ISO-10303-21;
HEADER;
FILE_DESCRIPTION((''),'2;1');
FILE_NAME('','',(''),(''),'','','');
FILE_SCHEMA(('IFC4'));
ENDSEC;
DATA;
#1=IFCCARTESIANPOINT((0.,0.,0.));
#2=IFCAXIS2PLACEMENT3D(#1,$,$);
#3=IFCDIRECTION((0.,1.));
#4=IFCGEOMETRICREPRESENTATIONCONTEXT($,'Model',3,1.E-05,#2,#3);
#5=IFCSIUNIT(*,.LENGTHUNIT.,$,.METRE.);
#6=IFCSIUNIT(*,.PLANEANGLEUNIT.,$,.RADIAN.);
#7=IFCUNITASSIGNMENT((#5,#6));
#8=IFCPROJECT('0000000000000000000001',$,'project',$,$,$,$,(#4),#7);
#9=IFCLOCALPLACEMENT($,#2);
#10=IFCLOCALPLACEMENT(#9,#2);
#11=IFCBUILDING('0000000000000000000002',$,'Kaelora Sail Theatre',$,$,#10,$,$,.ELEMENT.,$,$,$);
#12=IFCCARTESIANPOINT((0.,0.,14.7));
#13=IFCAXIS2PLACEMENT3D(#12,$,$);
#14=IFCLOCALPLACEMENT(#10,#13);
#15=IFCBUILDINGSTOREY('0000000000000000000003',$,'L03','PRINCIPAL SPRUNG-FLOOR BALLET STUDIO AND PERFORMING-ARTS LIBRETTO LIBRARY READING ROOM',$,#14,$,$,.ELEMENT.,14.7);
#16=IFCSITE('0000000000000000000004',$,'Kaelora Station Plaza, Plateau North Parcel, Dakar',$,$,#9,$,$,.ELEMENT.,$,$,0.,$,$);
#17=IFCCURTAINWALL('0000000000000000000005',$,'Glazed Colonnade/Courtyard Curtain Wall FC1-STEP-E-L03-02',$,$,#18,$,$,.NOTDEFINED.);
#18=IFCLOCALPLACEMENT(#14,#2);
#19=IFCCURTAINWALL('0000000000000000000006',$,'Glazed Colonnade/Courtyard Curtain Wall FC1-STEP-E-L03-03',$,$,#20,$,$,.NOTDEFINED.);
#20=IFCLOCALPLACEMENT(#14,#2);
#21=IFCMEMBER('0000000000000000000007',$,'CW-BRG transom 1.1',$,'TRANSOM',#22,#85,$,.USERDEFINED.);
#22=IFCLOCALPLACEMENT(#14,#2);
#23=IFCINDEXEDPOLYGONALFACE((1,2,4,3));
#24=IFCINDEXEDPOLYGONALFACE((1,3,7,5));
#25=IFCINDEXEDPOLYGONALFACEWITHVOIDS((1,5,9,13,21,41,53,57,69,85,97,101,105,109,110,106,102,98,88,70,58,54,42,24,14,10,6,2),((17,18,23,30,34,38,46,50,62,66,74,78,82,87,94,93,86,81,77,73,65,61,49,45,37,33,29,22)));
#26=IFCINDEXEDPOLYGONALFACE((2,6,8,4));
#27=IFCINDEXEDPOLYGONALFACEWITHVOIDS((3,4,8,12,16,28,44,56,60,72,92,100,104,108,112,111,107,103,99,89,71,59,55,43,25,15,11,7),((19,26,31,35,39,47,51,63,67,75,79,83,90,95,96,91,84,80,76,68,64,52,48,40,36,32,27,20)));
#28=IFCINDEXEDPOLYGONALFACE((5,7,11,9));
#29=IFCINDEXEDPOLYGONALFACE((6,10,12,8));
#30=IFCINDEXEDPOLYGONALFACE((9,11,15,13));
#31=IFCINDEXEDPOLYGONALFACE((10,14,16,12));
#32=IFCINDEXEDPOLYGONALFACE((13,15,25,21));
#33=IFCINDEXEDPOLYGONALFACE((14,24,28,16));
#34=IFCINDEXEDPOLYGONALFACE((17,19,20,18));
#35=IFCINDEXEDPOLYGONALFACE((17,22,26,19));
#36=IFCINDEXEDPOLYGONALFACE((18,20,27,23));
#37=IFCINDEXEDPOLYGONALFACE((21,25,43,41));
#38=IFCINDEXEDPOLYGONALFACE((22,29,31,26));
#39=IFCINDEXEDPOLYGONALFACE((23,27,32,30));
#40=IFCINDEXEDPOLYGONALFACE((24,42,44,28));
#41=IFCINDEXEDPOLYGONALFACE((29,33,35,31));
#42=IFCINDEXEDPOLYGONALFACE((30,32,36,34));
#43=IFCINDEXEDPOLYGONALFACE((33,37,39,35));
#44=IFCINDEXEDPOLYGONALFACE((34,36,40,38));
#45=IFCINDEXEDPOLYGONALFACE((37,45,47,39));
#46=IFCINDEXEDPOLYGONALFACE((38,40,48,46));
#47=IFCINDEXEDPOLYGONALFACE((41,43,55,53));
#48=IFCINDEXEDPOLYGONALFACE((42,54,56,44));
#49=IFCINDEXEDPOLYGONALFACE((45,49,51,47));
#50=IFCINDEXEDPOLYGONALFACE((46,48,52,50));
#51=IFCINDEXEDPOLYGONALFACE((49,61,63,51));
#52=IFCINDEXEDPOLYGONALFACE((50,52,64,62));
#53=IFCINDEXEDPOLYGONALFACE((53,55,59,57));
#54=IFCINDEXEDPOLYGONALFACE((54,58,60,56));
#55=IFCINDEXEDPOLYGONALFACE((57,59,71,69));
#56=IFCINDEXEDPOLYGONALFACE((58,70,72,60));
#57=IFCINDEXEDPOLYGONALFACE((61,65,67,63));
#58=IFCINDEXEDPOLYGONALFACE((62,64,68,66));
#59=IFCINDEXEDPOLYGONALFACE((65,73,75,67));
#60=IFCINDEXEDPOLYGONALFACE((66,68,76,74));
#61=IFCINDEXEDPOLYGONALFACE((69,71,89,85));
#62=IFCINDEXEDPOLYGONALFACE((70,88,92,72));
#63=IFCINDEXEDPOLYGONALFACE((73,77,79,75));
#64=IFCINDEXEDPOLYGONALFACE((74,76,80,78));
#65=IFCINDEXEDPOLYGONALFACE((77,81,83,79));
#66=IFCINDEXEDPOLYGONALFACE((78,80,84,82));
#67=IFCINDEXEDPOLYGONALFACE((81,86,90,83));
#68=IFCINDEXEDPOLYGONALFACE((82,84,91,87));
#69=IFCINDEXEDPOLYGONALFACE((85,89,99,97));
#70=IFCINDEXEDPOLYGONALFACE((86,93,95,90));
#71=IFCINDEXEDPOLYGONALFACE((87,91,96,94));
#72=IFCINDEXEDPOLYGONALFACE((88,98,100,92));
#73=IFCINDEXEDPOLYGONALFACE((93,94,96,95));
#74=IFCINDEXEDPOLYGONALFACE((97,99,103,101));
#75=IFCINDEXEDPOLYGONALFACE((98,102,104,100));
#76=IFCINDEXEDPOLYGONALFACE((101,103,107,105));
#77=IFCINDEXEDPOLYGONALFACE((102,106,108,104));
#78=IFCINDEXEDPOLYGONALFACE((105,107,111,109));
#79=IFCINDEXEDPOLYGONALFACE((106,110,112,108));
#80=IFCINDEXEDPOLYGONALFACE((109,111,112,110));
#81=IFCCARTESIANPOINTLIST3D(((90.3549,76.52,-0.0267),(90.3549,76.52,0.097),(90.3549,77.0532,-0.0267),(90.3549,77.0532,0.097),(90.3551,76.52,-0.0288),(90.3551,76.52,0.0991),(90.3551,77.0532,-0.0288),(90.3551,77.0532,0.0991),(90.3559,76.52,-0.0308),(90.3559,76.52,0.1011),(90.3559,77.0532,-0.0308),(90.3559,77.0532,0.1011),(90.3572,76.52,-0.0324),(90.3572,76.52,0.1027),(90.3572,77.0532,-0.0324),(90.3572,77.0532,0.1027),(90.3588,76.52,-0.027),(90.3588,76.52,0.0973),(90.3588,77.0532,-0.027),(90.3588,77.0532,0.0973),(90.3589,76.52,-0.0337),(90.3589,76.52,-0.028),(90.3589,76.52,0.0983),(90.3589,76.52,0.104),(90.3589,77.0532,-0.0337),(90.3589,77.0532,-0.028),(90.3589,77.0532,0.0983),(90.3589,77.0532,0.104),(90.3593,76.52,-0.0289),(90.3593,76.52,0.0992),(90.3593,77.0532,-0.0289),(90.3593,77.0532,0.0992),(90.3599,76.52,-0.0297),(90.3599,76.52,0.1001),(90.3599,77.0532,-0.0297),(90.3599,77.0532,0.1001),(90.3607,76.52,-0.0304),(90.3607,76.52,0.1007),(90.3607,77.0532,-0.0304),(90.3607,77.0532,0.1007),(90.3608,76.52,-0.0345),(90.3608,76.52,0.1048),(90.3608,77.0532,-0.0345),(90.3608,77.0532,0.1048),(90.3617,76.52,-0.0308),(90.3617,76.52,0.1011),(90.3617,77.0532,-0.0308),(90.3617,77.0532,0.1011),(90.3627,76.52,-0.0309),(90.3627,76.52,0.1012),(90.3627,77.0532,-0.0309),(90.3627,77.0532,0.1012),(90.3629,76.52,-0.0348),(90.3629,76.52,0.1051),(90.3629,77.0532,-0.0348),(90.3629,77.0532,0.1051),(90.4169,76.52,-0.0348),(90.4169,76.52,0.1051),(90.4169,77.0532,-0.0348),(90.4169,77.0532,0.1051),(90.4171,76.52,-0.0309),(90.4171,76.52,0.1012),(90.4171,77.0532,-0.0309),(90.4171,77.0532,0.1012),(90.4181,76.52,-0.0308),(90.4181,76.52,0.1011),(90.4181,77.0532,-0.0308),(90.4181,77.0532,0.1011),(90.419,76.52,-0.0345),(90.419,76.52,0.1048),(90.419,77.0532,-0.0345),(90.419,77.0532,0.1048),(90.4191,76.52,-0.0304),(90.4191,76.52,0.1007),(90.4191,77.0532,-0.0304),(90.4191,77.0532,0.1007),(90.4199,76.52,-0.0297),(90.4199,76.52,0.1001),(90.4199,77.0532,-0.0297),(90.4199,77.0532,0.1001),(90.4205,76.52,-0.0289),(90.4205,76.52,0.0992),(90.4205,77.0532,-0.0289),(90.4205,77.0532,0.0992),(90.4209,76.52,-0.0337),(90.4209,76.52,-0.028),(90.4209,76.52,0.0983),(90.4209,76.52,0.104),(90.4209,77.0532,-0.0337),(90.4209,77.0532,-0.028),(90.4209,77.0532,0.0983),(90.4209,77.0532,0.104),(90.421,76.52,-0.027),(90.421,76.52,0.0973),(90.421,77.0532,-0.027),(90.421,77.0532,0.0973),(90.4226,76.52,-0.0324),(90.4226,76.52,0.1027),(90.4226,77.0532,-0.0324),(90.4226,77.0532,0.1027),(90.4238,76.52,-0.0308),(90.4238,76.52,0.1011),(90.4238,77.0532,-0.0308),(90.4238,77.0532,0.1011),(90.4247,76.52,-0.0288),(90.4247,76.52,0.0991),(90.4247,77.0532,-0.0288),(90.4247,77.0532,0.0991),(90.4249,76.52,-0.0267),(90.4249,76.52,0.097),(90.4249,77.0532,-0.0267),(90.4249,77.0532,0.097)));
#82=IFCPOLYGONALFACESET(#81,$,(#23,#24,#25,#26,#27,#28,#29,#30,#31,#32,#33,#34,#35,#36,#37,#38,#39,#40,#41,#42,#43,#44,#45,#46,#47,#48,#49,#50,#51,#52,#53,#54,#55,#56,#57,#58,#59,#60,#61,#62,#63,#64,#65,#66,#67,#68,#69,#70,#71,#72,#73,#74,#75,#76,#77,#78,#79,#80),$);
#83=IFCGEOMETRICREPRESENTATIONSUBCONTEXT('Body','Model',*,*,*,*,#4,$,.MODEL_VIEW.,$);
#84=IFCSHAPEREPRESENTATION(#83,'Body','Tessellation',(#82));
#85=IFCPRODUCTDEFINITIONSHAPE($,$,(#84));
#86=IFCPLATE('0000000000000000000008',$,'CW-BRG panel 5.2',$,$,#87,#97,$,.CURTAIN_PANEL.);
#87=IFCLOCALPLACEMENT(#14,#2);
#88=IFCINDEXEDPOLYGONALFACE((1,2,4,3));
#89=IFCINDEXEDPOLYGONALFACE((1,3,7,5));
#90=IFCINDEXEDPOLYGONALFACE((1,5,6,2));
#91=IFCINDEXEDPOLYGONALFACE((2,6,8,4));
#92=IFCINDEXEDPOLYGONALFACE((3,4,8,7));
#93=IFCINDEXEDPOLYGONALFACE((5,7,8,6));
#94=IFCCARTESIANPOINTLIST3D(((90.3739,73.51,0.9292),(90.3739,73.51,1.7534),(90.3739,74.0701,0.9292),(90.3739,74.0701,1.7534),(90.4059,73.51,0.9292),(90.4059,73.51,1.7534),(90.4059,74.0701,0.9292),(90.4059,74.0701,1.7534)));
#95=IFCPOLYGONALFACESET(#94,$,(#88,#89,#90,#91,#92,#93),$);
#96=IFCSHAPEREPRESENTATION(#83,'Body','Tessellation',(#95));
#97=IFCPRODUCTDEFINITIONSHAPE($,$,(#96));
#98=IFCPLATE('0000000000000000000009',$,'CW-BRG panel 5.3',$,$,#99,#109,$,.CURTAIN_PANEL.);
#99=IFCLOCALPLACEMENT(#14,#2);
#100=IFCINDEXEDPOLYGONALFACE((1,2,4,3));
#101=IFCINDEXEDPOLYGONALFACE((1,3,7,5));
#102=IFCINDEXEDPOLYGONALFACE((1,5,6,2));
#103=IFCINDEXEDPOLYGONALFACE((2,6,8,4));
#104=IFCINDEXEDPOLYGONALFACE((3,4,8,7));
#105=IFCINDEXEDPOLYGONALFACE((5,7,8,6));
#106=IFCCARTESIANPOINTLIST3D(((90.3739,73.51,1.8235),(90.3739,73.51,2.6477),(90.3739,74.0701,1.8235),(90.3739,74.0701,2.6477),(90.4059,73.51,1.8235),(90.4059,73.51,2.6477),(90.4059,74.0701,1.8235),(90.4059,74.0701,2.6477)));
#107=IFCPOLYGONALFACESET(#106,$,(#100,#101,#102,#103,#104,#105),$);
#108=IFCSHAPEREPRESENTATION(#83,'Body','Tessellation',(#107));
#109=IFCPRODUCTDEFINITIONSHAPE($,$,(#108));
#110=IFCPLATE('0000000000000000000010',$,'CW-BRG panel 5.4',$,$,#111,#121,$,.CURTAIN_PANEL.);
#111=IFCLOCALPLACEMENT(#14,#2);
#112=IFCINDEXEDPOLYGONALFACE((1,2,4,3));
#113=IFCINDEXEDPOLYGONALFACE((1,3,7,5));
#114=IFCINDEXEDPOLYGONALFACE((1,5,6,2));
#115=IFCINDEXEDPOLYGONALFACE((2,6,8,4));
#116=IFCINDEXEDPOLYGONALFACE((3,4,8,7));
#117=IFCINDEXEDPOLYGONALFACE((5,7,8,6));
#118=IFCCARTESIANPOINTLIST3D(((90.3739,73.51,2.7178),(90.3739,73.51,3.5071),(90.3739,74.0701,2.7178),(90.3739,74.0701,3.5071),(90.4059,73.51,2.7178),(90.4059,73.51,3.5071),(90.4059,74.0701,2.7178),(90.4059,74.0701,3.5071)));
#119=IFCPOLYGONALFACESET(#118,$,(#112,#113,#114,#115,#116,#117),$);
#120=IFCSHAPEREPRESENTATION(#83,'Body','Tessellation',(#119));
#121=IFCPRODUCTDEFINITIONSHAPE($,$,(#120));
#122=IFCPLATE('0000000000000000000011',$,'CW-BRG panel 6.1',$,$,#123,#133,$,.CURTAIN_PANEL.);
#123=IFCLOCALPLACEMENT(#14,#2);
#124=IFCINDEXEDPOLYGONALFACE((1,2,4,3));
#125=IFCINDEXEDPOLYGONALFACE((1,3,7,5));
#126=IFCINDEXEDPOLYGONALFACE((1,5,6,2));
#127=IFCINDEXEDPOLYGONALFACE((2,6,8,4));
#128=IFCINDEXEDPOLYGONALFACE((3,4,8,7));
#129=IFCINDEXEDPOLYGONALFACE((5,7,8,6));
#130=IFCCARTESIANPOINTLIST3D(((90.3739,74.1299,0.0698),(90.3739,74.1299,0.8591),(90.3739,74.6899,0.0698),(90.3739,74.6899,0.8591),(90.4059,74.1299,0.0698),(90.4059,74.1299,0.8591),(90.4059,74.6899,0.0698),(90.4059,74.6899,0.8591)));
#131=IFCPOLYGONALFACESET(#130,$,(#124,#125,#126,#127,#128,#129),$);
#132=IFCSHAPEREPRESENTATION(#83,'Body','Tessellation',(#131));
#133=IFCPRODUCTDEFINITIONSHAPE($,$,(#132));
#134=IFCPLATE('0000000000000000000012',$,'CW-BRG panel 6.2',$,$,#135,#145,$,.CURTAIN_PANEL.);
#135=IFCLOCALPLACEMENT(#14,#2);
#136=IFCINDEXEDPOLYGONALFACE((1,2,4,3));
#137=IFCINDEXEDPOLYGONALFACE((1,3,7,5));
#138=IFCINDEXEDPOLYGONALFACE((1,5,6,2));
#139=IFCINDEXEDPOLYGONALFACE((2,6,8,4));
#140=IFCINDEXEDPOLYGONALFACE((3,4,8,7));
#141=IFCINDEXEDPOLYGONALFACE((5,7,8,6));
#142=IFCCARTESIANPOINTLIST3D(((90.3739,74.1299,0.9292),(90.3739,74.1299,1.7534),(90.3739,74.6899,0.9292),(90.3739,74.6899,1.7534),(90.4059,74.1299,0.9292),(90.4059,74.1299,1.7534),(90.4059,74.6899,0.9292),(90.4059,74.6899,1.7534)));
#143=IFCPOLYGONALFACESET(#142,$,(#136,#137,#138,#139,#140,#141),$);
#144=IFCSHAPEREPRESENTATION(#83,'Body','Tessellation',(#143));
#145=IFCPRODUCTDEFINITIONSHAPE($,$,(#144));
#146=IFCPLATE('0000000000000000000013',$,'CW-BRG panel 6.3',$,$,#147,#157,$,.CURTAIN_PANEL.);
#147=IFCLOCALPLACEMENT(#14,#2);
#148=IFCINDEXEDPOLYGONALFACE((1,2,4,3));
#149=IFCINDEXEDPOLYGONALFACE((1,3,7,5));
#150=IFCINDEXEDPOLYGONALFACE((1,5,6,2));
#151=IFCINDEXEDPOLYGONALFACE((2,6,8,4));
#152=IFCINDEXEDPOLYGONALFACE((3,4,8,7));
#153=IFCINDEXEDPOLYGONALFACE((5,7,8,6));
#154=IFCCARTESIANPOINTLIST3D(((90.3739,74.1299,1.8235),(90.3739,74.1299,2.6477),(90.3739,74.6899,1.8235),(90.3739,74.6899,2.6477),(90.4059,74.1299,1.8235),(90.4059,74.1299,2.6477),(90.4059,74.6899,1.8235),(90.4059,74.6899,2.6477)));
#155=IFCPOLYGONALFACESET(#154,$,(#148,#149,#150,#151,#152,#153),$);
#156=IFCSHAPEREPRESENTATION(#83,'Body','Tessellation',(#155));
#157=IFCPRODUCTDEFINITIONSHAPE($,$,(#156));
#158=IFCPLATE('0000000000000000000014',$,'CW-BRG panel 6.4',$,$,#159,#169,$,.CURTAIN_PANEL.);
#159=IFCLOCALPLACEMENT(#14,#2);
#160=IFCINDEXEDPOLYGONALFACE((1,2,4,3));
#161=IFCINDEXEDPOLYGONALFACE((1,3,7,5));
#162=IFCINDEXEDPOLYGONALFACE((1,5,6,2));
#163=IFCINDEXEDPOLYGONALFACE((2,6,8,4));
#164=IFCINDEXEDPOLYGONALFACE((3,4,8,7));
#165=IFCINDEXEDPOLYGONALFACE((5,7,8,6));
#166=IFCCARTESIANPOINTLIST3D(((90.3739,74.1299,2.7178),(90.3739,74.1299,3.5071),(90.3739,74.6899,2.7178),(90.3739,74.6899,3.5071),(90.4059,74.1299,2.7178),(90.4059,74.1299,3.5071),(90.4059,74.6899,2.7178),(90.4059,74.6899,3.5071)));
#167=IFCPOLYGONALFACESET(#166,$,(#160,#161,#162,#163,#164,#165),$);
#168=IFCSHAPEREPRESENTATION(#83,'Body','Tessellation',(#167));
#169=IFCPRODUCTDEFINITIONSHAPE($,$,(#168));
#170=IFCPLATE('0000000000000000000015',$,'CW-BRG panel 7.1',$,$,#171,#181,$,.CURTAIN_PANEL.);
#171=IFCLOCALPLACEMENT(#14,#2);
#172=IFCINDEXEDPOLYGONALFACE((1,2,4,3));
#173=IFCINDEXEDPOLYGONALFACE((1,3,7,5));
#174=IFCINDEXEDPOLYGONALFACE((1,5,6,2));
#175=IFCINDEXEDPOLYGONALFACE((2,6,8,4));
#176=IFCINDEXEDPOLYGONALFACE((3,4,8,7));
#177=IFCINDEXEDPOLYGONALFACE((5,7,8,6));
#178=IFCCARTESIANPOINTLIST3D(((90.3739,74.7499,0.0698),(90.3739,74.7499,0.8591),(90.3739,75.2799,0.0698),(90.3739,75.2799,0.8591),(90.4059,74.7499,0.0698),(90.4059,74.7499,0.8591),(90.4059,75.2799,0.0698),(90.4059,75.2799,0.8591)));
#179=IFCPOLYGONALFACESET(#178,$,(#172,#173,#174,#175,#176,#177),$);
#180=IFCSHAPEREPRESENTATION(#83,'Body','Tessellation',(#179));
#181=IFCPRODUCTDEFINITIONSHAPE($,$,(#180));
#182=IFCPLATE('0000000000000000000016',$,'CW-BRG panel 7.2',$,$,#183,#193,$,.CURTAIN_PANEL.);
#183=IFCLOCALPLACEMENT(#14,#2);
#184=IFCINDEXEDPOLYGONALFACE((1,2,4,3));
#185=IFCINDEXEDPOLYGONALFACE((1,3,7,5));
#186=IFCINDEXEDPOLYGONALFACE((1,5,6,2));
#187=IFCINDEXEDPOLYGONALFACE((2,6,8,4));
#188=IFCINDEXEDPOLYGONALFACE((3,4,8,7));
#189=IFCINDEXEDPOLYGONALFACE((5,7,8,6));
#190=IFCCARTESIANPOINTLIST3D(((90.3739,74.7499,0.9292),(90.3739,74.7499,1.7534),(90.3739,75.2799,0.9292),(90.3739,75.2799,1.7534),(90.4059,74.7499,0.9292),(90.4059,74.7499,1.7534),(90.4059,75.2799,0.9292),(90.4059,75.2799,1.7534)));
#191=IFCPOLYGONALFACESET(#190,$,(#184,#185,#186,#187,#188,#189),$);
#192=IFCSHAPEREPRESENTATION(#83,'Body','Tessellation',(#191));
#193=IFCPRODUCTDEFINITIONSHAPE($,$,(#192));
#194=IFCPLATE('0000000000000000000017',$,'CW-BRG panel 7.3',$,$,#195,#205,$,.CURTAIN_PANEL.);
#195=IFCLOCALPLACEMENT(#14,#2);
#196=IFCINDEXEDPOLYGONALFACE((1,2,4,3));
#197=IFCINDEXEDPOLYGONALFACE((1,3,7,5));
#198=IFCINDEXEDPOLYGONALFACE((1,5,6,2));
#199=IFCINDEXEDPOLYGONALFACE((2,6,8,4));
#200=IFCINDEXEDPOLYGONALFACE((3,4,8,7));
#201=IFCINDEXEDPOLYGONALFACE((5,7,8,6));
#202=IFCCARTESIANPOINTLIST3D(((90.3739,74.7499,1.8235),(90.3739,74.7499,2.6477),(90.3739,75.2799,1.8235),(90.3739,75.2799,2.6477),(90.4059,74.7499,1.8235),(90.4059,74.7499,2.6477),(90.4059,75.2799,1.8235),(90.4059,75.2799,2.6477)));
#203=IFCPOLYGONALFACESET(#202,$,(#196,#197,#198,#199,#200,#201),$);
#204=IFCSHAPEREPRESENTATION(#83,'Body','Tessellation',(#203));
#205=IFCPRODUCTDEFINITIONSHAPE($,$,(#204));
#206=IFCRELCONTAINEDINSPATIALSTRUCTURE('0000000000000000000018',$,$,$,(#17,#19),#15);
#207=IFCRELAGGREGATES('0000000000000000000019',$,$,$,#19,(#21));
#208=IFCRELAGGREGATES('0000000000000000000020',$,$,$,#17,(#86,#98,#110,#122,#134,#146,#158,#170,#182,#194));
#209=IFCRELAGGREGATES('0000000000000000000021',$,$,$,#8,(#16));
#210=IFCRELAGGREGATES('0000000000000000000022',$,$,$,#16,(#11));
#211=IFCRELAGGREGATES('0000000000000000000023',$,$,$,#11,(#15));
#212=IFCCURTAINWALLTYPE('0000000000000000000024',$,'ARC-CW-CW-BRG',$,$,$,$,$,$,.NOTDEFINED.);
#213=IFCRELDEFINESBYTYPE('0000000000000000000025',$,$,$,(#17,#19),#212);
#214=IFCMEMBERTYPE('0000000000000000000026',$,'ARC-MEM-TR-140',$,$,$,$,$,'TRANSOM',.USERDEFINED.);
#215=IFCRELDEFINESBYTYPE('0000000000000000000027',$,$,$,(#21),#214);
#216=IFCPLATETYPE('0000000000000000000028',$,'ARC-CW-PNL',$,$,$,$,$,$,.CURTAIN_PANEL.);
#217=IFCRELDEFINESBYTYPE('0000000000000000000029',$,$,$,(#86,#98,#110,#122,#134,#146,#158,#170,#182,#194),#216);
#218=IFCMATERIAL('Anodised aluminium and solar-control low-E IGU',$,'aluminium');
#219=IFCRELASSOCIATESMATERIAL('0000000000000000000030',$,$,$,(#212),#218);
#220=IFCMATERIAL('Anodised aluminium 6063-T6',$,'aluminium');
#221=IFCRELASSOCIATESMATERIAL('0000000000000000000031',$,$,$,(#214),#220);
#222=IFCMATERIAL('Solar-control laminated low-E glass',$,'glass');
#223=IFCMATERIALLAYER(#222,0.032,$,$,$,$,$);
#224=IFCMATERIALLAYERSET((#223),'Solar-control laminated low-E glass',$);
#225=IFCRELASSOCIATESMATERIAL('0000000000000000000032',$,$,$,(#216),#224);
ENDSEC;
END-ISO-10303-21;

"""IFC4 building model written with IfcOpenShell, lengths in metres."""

from ifc_helpers import new_model, si_unit, direction, frame, origin, origin_2d, place, context, subcontext, project, spatial, rectangle, hollow_rectangle, extrude, material, layer, layer_set, material_profile, profile_set, type_object, element, aggregate, save


model = new_model("IFC4")

# Units and contexts
model_context = context("Model", 3, precision=1e-05, world=origin(), true_north=direction((0.0, 1.0)))
body_context = subcontext(model_context, "Body", "Model", "MODEL_VIEW")
ifc_project = project(units=[si_unit("LENGTHUNIT", "METRE"), si_unit("PLANEANGLEUNIT", "RADIAN")], contexts=[model_context])

# Site, building, storey
site_placement = place(None, origin())
site = spatial("IfcSite", under=ifc_project, at=site_placement, Name="Kaelora Station Plaza, Plateau North Parcel, Dakar", CompositionType="ELEMENT", RefElevation=0.0)
building_placement = place(site_placement, origin())
building = spatial("IfcBuilding", under=site, at=building_placement, Name="Kaelora Sail Theatre", CompositionType="ELEMENT")
storey_placement = place(building_placement, frame((0.0, 0.0, 14.7)))
storey = spatial("IfcBuildingStorey", under=building, at=storey_placement, Name="L03", Description="PRINCIPAL SPRUNG-FLOOR BALLET STUDIO AND PERFORMING-ARTS LIBRETTO LIBRARY READING ROOM", CompositionType="ELEMENT", Elevation=14.7)

# Curtain wall
ifc_material_1 = material(Name="Anodised aluminium and solar-control low-E IGU", Category="aluminium")
curtain_wall_type = type_object("IfcCurtainWallType", Name="ARC-CW-CW-BRG", PredefinedType="NOTDEFINED", material=ifc_material_1)
curtain_wall_1_placement = place(storey_placement, origin())
curtain_wall_1 = element("IfcCurtainWall", 1, at=curtain_wall_1_placement, inside=storey, type_object=curtain_wall_type, Name="Glazed Colonnade/Courtyard Curtain Wall FC1-STEP-E-L03-02", PredefinedType="NOTDEFINED")

# Curtain wall
curtain_wall_2_placement = place(storey_placement, origin())
curtain_wall_2 = element("IfcCurtainWall", 2, at=curtain_wall_2_placement, inside=storey, type_object=curtain_wall_type, Name="Glazed Colonnade/Courtyard Curtain Wall FC1-STEP-E-L03-03", PredefinedType="NOTDEFINED")

# Member
ifc_material_2 = material(Name="Anodised aluminium 6063-T6", Category="aluminium")
ifc_material_profile_1 = material_profile(ifc_material_2, hollow_rectangle(XDim=0.0701, YDim=0.1399, WallThickness=0.0039, InnerFilletRadius=0.0039, OuterFilletRadius=0.0081, at=origin_2d()), Name="ALU-TRAN 70x140x4")
ifc_profile_set_1 = profile_set([ifc_material_profile_1], Name="Anodised aluminium 6063-T6")
member_type_1 = type_object("IfcMemberType", Name="ARC-MEM-TR-140", ElementType="TRANSOM", PredefinedType="USERDEFINED", material=ifc_profile_set_1)
member_1_placement = place(storey_placement, frame((90.3899, 76.52, 0.0352), z_axis=(0.0, 1.0, 0.0), x_axis=(-1.0, 0.0, 0.0)))
member_1 = element("IfcMember", 3, at=member_1_placement, type_object=member_type_1, Name="CW-BRG transom 1.1", ObjectType="TRANSOM", PredefinedType="USERDEFINED", context=body_context, shape_type="SweptSolid", body=[
    extrude(hollow_rectangle(XDim=0.0701, YDim=0.1399, WallThickness=0.0039, InnerFilletRadius=0.0039, OuterFilletRadius=0.0081, at=origin_2d()), origin(), (0.0, 0.0, 1.0), 0.5332),
])
aggregate(curtain_wall_2, [member_1])

# Plates
ifc_material_3 = material(Name="Solar-control laminated low-E glass", Category="glass")
ifc_layer = layer(ifc_material_3, 0.032)
ifc_layer_set = layer_set([ifc_layer], Name="Solar-control laminated low-E glass")
plate_type = type_object("IfcPlateType", Name="ARC-CW-PNL", PredefinedType="CURTAIN_PANEL", material=ifc_layer_set)
plate_1_placement = place(storey_placement, frame((90.3899, 73.79, 0.9292), z_axis=(0.0, 0.0, 1.0), x_axis=(0.0, 1.0, 0.0)))
plate_1 = element("IfcPlate", 4, at=plate_1_placement, type_object=plate_type, Name="CW-BRG panel 5.2", PredefinedType="CURTAIN_PANEL", context=body_context, shape_type="SweptSolid", body=[
    extrude(rectangle(XDim=0.5601, YDim=0.032, at=origin_2d()), origin(), (0.0, 0.0, 1.0), 0.8242),
])
plate_2_placement = place(storey_placement, frame((90.3899, 73.79, 1.8235), z_axis=(0.0, 0.0, 1.0), x_axis=(0.0, 1.0, 0.0)))
plate_2 = element("IfcPlate", 5, at=plate_2_placement, type_object=plate_type, Name="CW-BRG panel 5.3", PredefinedType="CURTAIN_PANEL", context=body_context, shape_type="SweptSolid", body=[
    extrude(rectangle(XDim=0.5601, YDim=0.032, at=origin_2d()), origin(), (0.0, 0.0, 1.0), 0.8242),
])
plate_3_placement = place(storey_placement, frame((90.3899, 73.79, 2.7178), z_axis=(0.0, 0.0, 1.0), x_axis=(0.0, 1.0, 0.0)))
plate_3 = element("IfcPlate", 6, at=plate_3_placement, type_object=plate_type, Name="CW-BRG panel 5.4", PredefinedType="CURTAIN_PANEL", context=body_context, shape_type="SweptSolid", body=[
    extrude(rectangle(XDim=0.5601, YDim=0.032, at=origin_2d()), origin(), (0.0, 0.0, 1.0), 0.7893),
])
plate_4_placement = place(storey_placement, frame((90.3899, 74.4099, 0.0698), z_axis=(0.0, 0.0, 1.0), x_axis=(0.0, 1.0, 0.0)))
plate_4 = element("IfcPlate", 7, at=plate_4_placement, type_object=plate_type, Name="CW-BRG panel 6.1", PredefinedType="CURTAIN_PANEL", context=body_context, shape_type="SweptSolid", body=[
    extrude(rectangle(XDim=0.5601, YDim=0.032, at=origin_2d()), origin(), (0.0, 0.0, 1.0), 0.7893),
])
plate_5_placement = place(storey_placement, frame((90.3899, 74.4099, 0.9292), z_axis=(0.0, 0.0, 1.0), x_axis=(0.0, 1.0, 0.0)))
plate_5 = element("IfcPlate", 8, at=plate_5_placement, type_object=plate_type, Name="CW-BRG panel 6.2", PredefinedType="CURTAIN_PANEL", context=body_context, shape_type="SweptSolid", body=[
    extrude(rectangle(XDim=0.5601, YDim=0.032, at=origin_2d()), origin(), (0.0, 0.0, 1.0), 0.8242),
])
plate_6_placement = place(storey_placement, frame((90.3899, 74.4099, 1.8235), z_axis=(0.0, 0.0, 1.0), x_axis=(0.0, 1.0, 0.0)))
plate_6 = element("IfcPlate", 9, at=plate_6_placement, type_object=plate_type, Name="CW-BRG panel 6.3", PredefinedType="CURTAIN_PANEL", context=body_context, shape_type="SweptSolid", body=[
    extrude(rectangle(XDim=0.5601, YDim=0.032, at=origin_2d()), origin(), (0.0, 0.0, 1.0), 0.8242),
])
plate_7_placement = place(storey_placement, frame((90.3899, 74.4099, 2.7178), z_axis=(0.0, 0.0, 1.0), x_axis=(0.0, 1.0, 0.0)))
plate_7 = element("IfcPlate", 10, at=plate_7_placement, type_object=plate_type, Name="CW-BRG panel 6.4", PredefinedType="CURTAIN_PANEL", context=body_context, shape_type="SweptSolid", body=[
    extrude(rectangle(XDim=0.5601, YDim=0.032, at=origin_2d()), origin(), (0.0, 0.0, 1.0), 0.7893),
])
plate_8_placement = place(storey_placement, frame((90.3899, 75.0149, 0.0698), z_axis=(0.0, 0.0, 1.0), x_axis=(0.0, 1.0, 0.0)))
plate_8 = element("IfcPlate", 11, at=plate_8_placement, type_object=plate_type, Name="CW-BRG panel 7.1", PredefinedType="CURTAIN_PANEL", context=body_context, shape_type="SweptSolid", body=[
    extrude(rectangle(XDim=0.53, YDim=0.032, at=origin_2d()), origin(), (0.0, 0.0, 1.0), 0.7893),
])
plate_9_placement = place(storey_placement, frame((90.3899, 75.0149, 0.9292), z_axis=(0.0, 0.0, 1.0), x_axis=(0.0, 1.0, 0.0)))
plate_9 = element("IfcPlate", 12, at=plate_9_placement, type_object=plate_type, Name="CW-BRG panel 7.2", PredefinedType="CURTAIN_PANEL", context=body_context, shape_type="SweptSolid", body=[
    extrude(rectangle(XDim=0.53, YDim=0.032, at=origin_2d()), origin(), (0.0, 0.0, 1.0), 0.8242),
])
plate_10_placement = place(storey_placement, frame((90.3899, 75.0149, 1.8235), z_axis=(0.0, 0.0, 1.0), x_axis=(0.0, 1.0, 0.0)))
plate_10 = element("IfcPlate", 13, at=plate_10_placement, type_object=plate_type, Name="CW-BRG panel 7.3", PredefinedType="CURTAIN_PANEL", context=body_context, shape_type="SweptSolid", body=[
    extrude(rectangle(XDim=0.53, YDim=0.032, at=origin_2d()), origin(), (0.0, 0.0, 1.0), 0.8242),
])
aggregate(curtain_wall_1, [plate_1, plate_2, plate_3, plate_4, plate_5, plate_6, plate_7, plate_8, plate_9, plate_10])

save(model, "model.ifc")
